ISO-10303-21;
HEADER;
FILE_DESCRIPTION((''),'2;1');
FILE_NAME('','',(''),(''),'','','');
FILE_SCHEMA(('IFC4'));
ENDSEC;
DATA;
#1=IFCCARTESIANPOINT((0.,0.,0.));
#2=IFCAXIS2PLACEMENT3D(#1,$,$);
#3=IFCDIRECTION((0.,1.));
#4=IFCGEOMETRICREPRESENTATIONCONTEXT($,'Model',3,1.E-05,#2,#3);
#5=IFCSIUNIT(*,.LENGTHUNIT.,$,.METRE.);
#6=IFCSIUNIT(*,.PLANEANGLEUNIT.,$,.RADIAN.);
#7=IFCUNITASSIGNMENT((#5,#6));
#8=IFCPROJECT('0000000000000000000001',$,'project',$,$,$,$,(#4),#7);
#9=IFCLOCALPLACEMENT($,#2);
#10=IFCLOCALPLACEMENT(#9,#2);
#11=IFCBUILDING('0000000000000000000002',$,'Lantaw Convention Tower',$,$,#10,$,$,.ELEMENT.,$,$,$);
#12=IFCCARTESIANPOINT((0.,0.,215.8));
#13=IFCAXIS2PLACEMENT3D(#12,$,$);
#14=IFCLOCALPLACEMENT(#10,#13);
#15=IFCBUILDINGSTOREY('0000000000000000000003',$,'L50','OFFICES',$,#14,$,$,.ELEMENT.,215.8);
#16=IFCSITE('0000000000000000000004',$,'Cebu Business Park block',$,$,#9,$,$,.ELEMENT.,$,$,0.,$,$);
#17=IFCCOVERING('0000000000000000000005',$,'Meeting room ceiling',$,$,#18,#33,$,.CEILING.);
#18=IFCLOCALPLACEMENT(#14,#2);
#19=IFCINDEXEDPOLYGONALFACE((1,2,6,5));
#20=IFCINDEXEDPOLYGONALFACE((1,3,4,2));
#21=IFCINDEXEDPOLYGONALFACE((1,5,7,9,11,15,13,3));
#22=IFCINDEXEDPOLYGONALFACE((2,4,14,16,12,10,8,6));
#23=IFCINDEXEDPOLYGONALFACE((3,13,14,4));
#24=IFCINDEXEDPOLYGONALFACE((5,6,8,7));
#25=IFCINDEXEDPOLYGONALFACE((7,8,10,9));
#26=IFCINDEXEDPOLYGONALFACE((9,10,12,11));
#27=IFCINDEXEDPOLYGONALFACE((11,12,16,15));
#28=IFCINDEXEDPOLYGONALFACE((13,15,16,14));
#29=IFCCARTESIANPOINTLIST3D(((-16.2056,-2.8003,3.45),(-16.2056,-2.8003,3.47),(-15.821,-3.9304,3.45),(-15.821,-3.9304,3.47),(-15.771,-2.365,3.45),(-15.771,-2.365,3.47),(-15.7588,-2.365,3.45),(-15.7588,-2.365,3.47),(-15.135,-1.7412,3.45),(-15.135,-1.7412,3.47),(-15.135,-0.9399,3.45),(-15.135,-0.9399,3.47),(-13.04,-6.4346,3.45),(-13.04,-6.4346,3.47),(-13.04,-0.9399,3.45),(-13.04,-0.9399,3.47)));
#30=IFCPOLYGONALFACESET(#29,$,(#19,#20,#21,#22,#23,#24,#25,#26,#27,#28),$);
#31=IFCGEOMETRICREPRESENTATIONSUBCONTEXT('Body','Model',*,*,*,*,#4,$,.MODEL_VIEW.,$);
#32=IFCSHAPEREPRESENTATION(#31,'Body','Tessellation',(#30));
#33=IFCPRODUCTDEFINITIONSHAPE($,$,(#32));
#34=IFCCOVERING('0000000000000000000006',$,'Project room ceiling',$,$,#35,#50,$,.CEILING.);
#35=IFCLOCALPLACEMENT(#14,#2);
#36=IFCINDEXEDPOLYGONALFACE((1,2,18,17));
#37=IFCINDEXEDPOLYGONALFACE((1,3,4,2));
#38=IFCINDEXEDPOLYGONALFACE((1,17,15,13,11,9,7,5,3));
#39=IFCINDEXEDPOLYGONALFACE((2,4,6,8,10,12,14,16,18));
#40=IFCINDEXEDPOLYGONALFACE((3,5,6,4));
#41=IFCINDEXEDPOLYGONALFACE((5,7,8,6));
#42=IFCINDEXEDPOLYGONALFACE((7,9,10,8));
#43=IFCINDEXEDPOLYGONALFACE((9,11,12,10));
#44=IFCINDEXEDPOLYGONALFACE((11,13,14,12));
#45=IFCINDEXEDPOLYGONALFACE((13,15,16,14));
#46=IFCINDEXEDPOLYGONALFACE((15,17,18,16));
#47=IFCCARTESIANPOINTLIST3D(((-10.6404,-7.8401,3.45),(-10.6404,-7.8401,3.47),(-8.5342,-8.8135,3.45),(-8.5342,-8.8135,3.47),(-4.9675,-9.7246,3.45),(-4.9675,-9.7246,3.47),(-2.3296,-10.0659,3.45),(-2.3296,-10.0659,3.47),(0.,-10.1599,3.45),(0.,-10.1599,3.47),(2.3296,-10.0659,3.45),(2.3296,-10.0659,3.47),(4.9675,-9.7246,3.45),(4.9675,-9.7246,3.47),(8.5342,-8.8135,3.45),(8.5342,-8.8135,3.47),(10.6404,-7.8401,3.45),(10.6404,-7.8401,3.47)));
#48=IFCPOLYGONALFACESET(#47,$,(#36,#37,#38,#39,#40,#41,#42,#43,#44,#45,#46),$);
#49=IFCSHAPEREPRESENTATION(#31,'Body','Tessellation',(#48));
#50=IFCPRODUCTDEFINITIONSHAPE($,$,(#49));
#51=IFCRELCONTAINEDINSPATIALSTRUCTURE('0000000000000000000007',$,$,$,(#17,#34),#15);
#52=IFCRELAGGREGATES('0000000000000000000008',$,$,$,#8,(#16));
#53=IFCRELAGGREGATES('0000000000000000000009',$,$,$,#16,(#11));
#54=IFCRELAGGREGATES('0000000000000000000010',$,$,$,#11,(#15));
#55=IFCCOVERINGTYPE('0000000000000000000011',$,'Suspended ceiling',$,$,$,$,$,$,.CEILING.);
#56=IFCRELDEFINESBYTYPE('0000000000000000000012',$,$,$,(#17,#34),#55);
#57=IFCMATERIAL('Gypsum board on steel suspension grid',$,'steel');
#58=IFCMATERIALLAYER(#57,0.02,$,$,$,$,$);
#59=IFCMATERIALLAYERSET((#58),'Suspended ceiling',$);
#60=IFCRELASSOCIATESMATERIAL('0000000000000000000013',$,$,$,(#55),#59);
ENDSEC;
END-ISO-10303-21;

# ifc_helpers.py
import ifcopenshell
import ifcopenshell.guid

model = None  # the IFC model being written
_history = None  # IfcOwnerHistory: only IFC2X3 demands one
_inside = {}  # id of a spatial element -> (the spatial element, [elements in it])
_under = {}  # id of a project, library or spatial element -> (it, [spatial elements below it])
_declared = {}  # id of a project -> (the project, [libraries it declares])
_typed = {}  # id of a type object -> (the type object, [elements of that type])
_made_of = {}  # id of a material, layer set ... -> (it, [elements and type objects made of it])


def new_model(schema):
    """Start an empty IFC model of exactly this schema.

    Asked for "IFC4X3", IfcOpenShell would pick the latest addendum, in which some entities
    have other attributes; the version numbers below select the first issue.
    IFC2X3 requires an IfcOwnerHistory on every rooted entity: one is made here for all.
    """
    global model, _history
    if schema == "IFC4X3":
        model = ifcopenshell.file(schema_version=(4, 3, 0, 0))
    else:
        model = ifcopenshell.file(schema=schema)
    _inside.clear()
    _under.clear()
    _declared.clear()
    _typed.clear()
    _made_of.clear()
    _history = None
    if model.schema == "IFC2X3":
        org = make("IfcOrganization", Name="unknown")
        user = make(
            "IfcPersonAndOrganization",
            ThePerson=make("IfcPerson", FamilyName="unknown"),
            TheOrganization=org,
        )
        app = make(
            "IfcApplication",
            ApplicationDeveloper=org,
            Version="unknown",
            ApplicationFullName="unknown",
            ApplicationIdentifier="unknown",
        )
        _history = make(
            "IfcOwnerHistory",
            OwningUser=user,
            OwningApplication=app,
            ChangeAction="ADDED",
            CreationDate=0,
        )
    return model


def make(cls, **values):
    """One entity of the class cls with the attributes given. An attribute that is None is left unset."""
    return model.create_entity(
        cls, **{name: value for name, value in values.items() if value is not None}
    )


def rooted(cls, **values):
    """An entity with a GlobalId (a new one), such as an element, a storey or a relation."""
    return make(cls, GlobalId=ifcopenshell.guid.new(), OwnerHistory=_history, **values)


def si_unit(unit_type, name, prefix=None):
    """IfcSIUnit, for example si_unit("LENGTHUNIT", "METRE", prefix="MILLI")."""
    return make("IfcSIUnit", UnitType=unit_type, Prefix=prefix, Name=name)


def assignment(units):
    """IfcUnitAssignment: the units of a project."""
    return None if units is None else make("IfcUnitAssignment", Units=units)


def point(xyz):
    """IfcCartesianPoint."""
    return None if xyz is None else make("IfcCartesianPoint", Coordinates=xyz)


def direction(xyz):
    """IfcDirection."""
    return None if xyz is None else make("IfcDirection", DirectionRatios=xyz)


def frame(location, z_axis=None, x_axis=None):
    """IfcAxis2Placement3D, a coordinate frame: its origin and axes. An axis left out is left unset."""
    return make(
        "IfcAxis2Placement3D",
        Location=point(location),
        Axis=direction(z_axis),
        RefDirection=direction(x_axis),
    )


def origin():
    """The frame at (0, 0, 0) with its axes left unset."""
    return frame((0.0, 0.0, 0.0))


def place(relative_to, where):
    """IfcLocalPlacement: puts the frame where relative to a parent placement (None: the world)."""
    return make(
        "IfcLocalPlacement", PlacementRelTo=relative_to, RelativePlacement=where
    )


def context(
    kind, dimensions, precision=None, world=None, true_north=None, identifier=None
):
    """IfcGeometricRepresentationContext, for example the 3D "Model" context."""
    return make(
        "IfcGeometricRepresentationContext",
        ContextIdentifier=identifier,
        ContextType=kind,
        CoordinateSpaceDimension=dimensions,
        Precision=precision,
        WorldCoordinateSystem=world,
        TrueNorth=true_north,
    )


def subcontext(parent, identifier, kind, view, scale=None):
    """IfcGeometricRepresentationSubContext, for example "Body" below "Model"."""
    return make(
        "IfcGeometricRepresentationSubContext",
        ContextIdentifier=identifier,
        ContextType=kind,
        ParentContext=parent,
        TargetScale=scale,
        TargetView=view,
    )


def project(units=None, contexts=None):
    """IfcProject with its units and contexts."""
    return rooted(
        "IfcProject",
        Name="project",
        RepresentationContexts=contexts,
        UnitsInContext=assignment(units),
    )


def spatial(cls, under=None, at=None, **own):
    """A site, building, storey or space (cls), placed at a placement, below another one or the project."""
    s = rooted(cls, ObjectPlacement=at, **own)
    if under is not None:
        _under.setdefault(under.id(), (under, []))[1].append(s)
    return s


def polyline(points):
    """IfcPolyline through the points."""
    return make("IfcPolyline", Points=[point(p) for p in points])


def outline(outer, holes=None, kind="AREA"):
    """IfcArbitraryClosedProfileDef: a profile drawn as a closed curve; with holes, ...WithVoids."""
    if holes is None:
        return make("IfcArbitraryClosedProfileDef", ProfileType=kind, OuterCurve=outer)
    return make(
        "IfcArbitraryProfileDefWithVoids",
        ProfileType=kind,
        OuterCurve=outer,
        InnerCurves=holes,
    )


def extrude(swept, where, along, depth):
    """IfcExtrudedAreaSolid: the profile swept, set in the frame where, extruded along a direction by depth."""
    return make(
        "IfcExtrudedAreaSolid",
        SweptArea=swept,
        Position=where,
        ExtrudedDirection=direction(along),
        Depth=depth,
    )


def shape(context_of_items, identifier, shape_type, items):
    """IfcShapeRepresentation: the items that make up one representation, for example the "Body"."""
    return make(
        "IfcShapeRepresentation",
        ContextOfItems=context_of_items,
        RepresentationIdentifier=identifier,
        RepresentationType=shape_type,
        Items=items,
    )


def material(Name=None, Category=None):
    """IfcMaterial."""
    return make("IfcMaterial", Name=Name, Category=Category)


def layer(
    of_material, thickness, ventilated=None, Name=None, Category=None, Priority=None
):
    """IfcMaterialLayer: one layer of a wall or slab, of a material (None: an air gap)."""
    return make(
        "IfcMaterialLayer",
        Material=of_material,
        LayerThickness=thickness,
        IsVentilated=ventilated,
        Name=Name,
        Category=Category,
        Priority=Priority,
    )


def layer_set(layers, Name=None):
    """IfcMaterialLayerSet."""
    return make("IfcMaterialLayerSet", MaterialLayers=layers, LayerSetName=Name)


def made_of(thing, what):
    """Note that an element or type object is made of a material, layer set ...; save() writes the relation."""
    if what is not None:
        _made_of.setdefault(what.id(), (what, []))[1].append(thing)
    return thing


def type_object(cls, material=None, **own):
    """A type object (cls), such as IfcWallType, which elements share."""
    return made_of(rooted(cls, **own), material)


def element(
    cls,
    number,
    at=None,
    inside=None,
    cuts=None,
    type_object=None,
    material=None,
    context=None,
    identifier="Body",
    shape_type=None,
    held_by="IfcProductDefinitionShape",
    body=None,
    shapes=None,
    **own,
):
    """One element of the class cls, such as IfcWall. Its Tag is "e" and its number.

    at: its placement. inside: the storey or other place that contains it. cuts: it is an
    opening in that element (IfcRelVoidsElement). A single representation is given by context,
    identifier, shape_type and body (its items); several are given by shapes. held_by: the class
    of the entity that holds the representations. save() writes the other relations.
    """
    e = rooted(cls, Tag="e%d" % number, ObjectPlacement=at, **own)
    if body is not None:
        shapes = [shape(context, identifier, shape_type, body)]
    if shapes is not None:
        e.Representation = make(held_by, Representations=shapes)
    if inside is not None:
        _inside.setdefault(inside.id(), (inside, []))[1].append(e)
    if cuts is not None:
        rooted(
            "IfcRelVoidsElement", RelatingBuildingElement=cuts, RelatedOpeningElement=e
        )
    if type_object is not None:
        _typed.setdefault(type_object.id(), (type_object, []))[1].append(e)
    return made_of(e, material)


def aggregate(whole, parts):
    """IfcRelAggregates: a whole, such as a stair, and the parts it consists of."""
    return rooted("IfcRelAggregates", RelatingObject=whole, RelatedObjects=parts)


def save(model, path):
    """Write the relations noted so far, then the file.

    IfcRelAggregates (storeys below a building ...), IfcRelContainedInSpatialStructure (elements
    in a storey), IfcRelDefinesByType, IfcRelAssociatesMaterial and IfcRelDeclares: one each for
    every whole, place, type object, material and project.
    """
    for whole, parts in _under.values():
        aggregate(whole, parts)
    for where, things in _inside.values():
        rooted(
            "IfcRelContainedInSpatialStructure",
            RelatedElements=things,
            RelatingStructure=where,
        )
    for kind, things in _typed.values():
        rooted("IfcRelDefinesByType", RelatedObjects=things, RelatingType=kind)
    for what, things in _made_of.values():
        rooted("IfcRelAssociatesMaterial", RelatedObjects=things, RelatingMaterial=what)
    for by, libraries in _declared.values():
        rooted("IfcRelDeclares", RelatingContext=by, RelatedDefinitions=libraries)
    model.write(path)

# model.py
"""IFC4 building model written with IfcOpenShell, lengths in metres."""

from ifc_helpers import new_model, si_unit, direction, frame, origin, place, context, subcontext, project, spatial, polyline, outline, extrude, material, layer, layer_set, type_object, element, save


model = new_model("IFC4")

# Units and contexts
model_context = context("Model", 3, precision=1e-05, world=origin(), true_north=direction((0.0, 1.0)))
body_context = subcontext(model_context, "Body", "Model", "MODEL_VIEW")
ifc_project = project(units=[si_unit("LENGTHUNIT", "METRE"), si_unit("PLANEANGLEUNIT", "RADIAN")], contexts=[model_context])

# Site, building, storey
site_placement = place(None, origin())
site = spatial("IfcSite", under=ifc_project, at=site_placement, Name="Cebu Business Park block", CompositionType="ELEMENT", RefElevation=0.0)
building_placement = place(site_placement, origin())
building = spatial("IfcBuilding", under=site, at=building_placement, Name="Lantaw Convention Tower", CompositionType="ELEMENT")
storey_placement = place(building_placement, frame((0.0, 0.0, 215.8)))
storey = spatial("IfcBuildingStorey", under=building, at=storey_placement, Name="L50", Description="OFFICES", CompositionType="ELEMENT", Elevation=215.8)

# Coverings
ifc_material_1 = material(Name="Gypsum board on steel suspension grid", Category="steel")
ifc_layer_1 = layer(ifc_material_1, 0.02)
ifc_layer_set_1 = layer_set([ifc_layer_1], Name="Suspended ceiling")
covering_type = type_object("IfcCoveringType", Name="Suspended ceiling", PredefinedType="CEILING", material=ifc_layer_set_1)
covering_1_placement = place(storey_placement, frame((0.0, 0.0, 3.45)))
element("IfcCovering", 1, at=covering_1_placement, inside=storey, type_object=covering_type, Name="Meeting room ceiling", PredefinedType="CEILING", context=body_context, shape_type="SweptSolid", body=[
    extrude(outline(polyline([(-16.2056, -2.8003), (-15.821, -3.9304), (-13.04, -6.4346), (-13.04, -0.9399), (-15.135, -0.9399), (-15.135, -1.7412), (-15.7588, -2.365), (-15.771, -2.365), (-16.2056, -2.8003)])), origin(), (0.0, 0.0, 1.0), 0.02),
])
covering_2_placement = place(storey_placement, frame((0.0, 0.0, 3.45)))
element("IfcCovering", 2, at=covering_2_placement, inside=storey, type_object=covering_type, Name="Project room ceiling", PredefinedType="CEILING", context=body_context, shape_type="SweptSolid", body=[
    extrude(outline(polyline([(10.6404, -7.8401), (-10.6404, -7.8401), (-8.5342, -8.8135), (-4.9675, -9.7246), (-2.3296, -10.0659), (0.0, -10.1599), (2.3296, -10.0659), (4.9675, -9.7246), (8.5342, -8.8135), (10.6404, -7.8401)])), origin(), (0.0, 0.0, 1.0), 0.02),
])

save(model, "model.ifc")
